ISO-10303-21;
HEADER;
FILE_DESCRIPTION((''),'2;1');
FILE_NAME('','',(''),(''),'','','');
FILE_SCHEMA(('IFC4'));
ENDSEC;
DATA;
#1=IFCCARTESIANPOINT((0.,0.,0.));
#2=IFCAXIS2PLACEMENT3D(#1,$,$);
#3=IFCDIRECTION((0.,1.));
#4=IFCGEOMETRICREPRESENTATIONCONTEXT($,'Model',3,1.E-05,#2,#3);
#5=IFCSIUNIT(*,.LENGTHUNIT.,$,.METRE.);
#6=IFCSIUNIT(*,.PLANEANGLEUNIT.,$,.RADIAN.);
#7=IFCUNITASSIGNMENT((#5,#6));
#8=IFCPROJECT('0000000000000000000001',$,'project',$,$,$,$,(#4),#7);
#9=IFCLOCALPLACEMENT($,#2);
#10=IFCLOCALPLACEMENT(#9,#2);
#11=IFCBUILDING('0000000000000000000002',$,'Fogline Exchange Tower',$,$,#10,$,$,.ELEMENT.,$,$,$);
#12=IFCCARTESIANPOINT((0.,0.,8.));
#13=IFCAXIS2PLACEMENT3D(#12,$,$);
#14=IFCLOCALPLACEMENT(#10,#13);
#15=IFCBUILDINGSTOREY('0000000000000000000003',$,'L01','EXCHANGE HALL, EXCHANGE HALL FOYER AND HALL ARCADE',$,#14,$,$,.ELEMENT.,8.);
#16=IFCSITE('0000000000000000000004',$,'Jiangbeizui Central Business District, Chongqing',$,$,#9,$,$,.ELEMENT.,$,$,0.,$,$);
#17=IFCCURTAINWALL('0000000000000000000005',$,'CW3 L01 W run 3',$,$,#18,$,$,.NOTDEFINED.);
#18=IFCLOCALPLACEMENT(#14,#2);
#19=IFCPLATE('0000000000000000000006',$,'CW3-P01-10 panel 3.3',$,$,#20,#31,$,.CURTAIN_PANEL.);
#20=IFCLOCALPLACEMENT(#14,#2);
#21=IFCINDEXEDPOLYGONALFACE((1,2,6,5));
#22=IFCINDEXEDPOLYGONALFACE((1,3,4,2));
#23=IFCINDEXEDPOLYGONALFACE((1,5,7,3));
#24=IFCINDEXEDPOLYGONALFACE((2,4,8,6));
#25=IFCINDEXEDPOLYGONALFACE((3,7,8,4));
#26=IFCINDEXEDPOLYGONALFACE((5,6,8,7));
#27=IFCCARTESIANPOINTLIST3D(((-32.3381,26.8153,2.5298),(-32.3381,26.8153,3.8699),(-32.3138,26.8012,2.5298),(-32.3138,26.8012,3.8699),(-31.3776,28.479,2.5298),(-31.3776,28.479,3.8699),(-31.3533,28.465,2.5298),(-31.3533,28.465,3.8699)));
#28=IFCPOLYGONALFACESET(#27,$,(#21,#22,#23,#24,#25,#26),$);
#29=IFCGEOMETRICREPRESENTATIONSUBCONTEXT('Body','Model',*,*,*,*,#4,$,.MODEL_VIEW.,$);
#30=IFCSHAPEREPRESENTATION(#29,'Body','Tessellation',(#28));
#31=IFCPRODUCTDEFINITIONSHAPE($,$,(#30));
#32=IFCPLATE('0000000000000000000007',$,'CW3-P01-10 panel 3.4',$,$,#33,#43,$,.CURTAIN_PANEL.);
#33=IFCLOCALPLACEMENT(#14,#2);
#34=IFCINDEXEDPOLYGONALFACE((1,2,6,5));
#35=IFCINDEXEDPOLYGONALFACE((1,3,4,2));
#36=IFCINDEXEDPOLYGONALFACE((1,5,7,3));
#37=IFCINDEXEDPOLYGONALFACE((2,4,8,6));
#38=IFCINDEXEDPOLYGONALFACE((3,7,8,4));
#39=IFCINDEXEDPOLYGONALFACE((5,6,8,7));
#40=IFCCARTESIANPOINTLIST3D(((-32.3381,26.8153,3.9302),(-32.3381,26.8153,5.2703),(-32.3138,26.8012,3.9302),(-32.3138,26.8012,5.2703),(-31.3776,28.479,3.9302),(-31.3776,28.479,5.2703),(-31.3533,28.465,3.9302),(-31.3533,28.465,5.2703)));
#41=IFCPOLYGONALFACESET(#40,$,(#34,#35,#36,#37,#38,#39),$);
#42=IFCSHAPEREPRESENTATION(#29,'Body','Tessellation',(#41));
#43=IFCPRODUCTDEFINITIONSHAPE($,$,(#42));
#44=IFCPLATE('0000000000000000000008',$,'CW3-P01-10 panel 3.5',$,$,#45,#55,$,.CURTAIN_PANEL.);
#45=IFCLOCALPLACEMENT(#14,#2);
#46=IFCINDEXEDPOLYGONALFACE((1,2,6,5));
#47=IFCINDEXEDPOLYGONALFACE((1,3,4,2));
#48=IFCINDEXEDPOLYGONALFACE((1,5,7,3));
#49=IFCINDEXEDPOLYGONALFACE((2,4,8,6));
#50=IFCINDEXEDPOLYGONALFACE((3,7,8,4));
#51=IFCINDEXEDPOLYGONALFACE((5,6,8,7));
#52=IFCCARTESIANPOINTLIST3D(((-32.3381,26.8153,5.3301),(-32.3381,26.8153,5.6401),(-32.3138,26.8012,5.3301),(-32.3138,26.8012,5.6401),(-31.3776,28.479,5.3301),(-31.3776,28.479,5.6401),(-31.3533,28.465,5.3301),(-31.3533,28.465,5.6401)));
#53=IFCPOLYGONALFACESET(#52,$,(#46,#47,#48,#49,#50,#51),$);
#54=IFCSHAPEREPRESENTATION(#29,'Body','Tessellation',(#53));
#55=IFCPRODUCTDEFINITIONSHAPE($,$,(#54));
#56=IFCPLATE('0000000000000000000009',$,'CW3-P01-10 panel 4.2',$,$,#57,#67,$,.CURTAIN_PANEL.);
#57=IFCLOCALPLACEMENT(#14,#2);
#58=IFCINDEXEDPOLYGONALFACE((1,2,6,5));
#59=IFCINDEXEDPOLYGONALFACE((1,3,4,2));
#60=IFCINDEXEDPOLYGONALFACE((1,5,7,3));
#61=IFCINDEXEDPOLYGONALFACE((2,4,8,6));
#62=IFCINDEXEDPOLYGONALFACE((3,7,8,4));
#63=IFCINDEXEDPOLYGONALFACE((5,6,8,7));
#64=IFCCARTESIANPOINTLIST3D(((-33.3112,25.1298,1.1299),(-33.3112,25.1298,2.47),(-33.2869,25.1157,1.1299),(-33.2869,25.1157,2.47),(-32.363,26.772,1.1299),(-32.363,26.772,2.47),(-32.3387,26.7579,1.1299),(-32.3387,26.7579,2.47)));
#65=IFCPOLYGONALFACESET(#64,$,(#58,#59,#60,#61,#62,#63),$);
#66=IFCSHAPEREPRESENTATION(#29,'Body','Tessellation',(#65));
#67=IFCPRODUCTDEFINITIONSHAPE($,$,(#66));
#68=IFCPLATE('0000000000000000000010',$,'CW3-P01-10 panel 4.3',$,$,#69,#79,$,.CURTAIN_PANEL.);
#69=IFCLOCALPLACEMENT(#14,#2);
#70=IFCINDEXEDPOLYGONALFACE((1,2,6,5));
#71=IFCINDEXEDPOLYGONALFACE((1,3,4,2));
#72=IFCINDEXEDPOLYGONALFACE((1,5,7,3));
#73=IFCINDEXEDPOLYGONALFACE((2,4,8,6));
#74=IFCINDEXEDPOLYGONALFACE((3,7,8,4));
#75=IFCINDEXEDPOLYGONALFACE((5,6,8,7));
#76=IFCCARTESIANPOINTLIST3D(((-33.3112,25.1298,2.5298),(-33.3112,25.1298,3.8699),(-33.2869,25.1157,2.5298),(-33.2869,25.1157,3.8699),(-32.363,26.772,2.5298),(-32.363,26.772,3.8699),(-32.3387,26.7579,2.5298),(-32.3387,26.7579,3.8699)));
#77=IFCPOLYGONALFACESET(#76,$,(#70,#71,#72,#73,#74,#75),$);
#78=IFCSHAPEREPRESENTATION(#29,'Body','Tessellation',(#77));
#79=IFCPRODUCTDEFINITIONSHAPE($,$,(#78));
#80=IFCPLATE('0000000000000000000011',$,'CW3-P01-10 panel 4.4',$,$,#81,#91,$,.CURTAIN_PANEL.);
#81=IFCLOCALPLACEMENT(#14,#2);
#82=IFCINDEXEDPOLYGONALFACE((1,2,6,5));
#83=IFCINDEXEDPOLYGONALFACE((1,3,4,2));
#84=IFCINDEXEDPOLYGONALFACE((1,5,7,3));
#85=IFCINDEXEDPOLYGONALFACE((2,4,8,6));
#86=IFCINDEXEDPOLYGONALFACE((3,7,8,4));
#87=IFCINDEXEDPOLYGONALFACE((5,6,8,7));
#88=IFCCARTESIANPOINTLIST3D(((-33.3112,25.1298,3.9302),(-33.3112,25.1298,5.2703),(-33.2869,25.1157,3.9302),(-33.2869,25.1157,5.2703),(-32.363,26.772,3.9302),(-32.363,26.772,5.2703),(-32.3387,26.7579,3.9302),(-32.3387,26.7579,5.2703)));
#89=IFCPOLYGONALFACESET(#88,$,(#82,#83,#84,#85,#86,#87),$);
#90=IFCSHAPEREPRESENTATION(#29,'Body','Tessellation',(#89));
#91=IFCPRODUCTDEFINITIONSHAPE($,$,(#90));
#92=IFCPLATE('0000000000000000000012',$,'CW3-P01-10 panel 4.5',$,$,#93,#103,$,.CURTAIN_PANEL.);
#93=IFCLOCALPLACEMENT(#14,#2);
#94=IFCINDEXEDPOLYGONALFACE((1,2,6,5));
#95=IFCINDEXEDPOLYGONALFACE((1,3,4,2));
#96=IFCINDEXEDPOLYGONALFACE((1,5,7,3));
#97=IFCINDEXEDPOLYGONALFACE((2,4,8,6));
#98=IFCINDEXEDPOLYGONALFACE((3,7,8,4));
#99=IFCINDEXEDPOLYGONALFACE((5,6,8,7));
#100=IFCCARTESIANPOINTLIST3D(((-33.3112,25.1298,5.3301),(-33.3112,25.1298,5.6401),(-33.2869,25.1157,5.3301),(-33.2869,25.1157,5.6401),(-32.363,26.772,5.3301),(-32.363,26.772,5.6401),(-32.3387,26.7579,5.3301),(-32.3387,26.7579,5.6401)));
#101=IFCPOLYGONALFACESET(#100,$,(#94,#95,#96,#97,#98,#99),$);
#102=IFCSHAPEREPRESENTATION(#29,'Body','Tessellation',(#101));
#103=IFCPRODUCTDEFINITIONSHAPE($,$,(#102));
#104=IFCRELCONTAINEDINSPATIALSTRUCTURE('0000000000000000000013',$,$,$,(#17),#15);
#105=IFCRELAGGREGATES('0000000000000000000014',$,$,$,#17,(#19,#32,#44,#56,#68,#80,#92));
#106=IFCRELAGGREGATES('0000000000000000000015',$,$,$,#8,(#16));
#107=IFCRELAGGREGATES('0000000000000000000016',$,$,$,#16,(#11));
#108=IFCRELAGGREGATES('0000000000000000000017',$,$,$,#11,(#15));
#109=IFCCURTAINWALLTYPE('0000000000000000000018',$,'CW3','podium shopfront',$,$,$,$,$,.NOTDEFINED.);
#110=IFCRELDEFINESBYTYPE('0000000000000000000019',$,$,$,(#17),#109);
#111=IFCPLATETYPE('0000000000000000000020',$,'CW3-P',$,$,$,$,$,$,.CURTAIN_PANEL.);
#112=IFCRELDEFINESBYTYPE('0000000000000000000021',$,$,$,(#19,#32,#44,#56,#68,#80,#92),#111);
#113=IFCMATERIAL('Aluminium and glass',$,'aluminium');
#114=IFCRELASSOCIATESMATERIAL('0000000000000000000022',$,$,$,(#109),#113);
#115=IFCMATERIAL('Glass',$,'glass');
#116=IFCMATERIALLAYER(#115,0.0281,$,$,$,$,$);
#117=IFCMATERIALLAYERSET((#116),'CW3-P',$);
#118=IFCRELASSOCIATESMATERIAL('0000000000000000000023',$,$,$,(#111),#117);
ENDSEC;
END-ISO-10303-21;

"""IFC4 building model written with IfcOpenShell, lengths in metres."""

from ifc_helpers import new_model, si_unit, direction, frame, origin, origin_2d, place, context, subcontext, project, spatial, rectangle, extrude, material, layer, layer_set, type_object, element, aggregate, save


model = new_model("IFC4")

# Units and contexts
model_context = context("Model", 3, precision=1e-05, world=origin(), true_north=direction((0.0, 1.0)))
body_context = subcontext(model_context, "Body", "Model", "MODEL_VIEW")
ifc_project = project(units=[si_unit("LENGTHUNIT", "METRE"), si_unit("PLANEANGLEUNIT", "RADIAN")], contexts=[model_context])

# Site, building, storey
site_placement = place(None, origin())
site = spatial("IfcSite", under=ifc_project, at=site_placement, Name="Jiangbeizui Central Business District, Chongqing", CompositionType="ELEMENT", RefElevation=0.0)
building_placement = place(site_placement, origin())
building = spatial("IfcBuilding", under=site, at=building_placement, Name="Fogline Exchange Tower", CompositionType="ELEMENT")
storey_placement = place(building_placement, frame((0.0, 0.0, 8.0)))
storey = spatial("IfcBuildingStorey", under=building, at=storey_placement, Name="L01", Description="EXCHANGE HALL, EXCHANGE HALL FOYER AND HALL ARCADE", CompositionType="ELEMENT", Elevation=8.0)

# Curtain wall, plates
ifc_material_1 = material(Name="Aluminium and glass", Category="aluminium")
curtain_wall_type = type_object("IfcCurtainWallType", Name="CW3", Description="podium shopfront", PredefinedType="NOTDEFINED", material=ifc_material_1)
curtain_wall_placement = place(storey_placement, origin())
curtain_wall = element("IfcCurtainWall", 1, at=curtain_wall_placement, inside=storey, type_object=curtain_wall_type, Name="CW3 L01 W run 3", PredefinedType="NOTDEFINED")
ifc_material_2 = material(Name="Glass", Category="glass")
ifc_layer = layer(ifc_material_2, 0.0281)
ifc_layer_set = layer_set([ifc_layer], Name="CW3-P")
plate_type = type_object("IfcPlateType", Name="CW3-P", PredefinedType="CURTAIN_PANEL", material=ifc_layer_set)
plate_1_placement = place(storey_placement, frame((-31.8457, 27.6401, 2.5298), z_axis=(0.0, 0.0, 1.0), x_axis=(-0.5, -0.866025, 0.0)))
plate_1 = element("IfcPlate", 2, at=plate_1_placement, type_object=plate_type, Name="CW3-P01-10 panel 3.3", PredefinedType="CURTAIN_PANEL", context=body_context, shape_type="SweptSolid", body=[
    extrude(rectangle(XDim=1.9211, YDim=0.0281, at=origin_2d()), origin(), (0.0, 0.0, 1.0), 1.3401),
])
plate_2_placement = place(storey_placement, frame((-31.8457, 27.6401, 3.9302), z_axis=(0.0, 0.0, 1.0), x_axis=(-0.5, -0.866025, 0.0)))
plate_2 = element("IfcPlate", 3, at=plate_2_placement, type_object=plate_type, Name="CW3-P01-10 panel 3.4", PredefinedType="CURTAIN_PANEL", context=body_context, shape_type="SweptSolid", body=[
    extrude(rectangle(XDim=1.9211, YDim=0.0281, at=origin_2d()), origin(), (0.0, 0.0, 1.0), 1.3401),
])
plate_3_placement = place(storey_placement, frame((-31.8457, 27.6401, 5.3301), z_axis=(0.0, 0.0, 1.0), x_axis=(-0.5, -0.866025, 0.0)))
plate_3 = element("IfcPlate", 4, at=plate_3_placement, type_object=plate_type, Name="CW3-P01-10 panel 3.5", PredefinedType="CURTAIN_PANEL", context=body_context, shape_type="SweptSolid", body=[
    extrude(rectangle(XDim=1.9211, YDim=0.0281, at=origin_2d()), origin(), (0.0, 0.0, 1.0), 0.3101),
])
plate_4_placement = place(storey_placement, frame((-32.825, 25.9438, 1.1299), z_axis=(0.0, 0.0, 1.0), x_axis=(-0.5, -0.866025, 0.0)))
plate_4 = element("IfcPlate", 5, at=plate_4_placement, type_object=plate_type, Name="CW3-P01-10 panel 4.2", PredefinedType="CURTAIN_PANEL", context=body_context, shape_type="SweptSolid", body=[
    extrude(rectangle(XDim=1.8962, YDim=0.0281, at=origin_2d()), origin(), (0.0, 0.0, 1.0), 1.3401),
])
plate_5_placement = place(storey_placement, frame((-32.825, 25.9438, 2.5298), z_axis=(0.0, 0.0, 1.0), x_axis=(-0.5, -0.866025, 0.0)))
plate_5 = element("IfcPlate", 6, at=plate_5_placement, type_object=plate_type, Name="CW3-P01-10 panel 4.3", PredefinedType="CURTAIN_PANEL", context=body_context, shape_type="SweptSolid", body=[
    extrude(rectangle(XDim=1.8962, YDim=0.0281, at=origin_2d()), origin(), (0.0, 0.0, 1.0), 1.3401),
])
plate_6_placement = place(storey_placement, frame((-32.825, 25.9438, 3.9302), z_axis=(0.0, 0.0, 1.0), x_axis=(-0.5, -0.866025, 0.0)))
plate_6 = element("IfcPlate", 7, at=plate_6_placement, type_object=plate_type, Name="CW3-P01-10 panel 4.4", PredefinedType="CURTAIN_PANEL", context=body_context, shape_type="SweptSolid", body=[
    extrude(rectangle(XDim=1.8962, YDim=0.0281, at=origin_2d()), origin(), (0.0, 0.0, 1.0), 1.3401),
])
plate_7_placement = place(storey_placement, frame((-32.825, 25.9438, 5.3301), z_axis=(0.0, 0.0, 1.0), x_axis=(-0.5, -0.866025, 0.0)))
plate_7 = element("IfcPlate", 8, at=plate_7_placement, type_object=plate_type, Name="CW3-P01-10 panel 4.5", PredefinedType="CURTAIN_PANEL", context=body_context, shape_type="SweptSolid", body=[
    extrude(rectangle(XDim=1.8962, YDim=0.0281, at=origin_2d()), origin(), (0.0, 0.0, 1.0), 0.3101),
])
aggregate(curtain_wall, [plate_1, plate_2, plate_3, plate_4, plate_5, plate_6, plate_7])

save(model, "model.ifc")
